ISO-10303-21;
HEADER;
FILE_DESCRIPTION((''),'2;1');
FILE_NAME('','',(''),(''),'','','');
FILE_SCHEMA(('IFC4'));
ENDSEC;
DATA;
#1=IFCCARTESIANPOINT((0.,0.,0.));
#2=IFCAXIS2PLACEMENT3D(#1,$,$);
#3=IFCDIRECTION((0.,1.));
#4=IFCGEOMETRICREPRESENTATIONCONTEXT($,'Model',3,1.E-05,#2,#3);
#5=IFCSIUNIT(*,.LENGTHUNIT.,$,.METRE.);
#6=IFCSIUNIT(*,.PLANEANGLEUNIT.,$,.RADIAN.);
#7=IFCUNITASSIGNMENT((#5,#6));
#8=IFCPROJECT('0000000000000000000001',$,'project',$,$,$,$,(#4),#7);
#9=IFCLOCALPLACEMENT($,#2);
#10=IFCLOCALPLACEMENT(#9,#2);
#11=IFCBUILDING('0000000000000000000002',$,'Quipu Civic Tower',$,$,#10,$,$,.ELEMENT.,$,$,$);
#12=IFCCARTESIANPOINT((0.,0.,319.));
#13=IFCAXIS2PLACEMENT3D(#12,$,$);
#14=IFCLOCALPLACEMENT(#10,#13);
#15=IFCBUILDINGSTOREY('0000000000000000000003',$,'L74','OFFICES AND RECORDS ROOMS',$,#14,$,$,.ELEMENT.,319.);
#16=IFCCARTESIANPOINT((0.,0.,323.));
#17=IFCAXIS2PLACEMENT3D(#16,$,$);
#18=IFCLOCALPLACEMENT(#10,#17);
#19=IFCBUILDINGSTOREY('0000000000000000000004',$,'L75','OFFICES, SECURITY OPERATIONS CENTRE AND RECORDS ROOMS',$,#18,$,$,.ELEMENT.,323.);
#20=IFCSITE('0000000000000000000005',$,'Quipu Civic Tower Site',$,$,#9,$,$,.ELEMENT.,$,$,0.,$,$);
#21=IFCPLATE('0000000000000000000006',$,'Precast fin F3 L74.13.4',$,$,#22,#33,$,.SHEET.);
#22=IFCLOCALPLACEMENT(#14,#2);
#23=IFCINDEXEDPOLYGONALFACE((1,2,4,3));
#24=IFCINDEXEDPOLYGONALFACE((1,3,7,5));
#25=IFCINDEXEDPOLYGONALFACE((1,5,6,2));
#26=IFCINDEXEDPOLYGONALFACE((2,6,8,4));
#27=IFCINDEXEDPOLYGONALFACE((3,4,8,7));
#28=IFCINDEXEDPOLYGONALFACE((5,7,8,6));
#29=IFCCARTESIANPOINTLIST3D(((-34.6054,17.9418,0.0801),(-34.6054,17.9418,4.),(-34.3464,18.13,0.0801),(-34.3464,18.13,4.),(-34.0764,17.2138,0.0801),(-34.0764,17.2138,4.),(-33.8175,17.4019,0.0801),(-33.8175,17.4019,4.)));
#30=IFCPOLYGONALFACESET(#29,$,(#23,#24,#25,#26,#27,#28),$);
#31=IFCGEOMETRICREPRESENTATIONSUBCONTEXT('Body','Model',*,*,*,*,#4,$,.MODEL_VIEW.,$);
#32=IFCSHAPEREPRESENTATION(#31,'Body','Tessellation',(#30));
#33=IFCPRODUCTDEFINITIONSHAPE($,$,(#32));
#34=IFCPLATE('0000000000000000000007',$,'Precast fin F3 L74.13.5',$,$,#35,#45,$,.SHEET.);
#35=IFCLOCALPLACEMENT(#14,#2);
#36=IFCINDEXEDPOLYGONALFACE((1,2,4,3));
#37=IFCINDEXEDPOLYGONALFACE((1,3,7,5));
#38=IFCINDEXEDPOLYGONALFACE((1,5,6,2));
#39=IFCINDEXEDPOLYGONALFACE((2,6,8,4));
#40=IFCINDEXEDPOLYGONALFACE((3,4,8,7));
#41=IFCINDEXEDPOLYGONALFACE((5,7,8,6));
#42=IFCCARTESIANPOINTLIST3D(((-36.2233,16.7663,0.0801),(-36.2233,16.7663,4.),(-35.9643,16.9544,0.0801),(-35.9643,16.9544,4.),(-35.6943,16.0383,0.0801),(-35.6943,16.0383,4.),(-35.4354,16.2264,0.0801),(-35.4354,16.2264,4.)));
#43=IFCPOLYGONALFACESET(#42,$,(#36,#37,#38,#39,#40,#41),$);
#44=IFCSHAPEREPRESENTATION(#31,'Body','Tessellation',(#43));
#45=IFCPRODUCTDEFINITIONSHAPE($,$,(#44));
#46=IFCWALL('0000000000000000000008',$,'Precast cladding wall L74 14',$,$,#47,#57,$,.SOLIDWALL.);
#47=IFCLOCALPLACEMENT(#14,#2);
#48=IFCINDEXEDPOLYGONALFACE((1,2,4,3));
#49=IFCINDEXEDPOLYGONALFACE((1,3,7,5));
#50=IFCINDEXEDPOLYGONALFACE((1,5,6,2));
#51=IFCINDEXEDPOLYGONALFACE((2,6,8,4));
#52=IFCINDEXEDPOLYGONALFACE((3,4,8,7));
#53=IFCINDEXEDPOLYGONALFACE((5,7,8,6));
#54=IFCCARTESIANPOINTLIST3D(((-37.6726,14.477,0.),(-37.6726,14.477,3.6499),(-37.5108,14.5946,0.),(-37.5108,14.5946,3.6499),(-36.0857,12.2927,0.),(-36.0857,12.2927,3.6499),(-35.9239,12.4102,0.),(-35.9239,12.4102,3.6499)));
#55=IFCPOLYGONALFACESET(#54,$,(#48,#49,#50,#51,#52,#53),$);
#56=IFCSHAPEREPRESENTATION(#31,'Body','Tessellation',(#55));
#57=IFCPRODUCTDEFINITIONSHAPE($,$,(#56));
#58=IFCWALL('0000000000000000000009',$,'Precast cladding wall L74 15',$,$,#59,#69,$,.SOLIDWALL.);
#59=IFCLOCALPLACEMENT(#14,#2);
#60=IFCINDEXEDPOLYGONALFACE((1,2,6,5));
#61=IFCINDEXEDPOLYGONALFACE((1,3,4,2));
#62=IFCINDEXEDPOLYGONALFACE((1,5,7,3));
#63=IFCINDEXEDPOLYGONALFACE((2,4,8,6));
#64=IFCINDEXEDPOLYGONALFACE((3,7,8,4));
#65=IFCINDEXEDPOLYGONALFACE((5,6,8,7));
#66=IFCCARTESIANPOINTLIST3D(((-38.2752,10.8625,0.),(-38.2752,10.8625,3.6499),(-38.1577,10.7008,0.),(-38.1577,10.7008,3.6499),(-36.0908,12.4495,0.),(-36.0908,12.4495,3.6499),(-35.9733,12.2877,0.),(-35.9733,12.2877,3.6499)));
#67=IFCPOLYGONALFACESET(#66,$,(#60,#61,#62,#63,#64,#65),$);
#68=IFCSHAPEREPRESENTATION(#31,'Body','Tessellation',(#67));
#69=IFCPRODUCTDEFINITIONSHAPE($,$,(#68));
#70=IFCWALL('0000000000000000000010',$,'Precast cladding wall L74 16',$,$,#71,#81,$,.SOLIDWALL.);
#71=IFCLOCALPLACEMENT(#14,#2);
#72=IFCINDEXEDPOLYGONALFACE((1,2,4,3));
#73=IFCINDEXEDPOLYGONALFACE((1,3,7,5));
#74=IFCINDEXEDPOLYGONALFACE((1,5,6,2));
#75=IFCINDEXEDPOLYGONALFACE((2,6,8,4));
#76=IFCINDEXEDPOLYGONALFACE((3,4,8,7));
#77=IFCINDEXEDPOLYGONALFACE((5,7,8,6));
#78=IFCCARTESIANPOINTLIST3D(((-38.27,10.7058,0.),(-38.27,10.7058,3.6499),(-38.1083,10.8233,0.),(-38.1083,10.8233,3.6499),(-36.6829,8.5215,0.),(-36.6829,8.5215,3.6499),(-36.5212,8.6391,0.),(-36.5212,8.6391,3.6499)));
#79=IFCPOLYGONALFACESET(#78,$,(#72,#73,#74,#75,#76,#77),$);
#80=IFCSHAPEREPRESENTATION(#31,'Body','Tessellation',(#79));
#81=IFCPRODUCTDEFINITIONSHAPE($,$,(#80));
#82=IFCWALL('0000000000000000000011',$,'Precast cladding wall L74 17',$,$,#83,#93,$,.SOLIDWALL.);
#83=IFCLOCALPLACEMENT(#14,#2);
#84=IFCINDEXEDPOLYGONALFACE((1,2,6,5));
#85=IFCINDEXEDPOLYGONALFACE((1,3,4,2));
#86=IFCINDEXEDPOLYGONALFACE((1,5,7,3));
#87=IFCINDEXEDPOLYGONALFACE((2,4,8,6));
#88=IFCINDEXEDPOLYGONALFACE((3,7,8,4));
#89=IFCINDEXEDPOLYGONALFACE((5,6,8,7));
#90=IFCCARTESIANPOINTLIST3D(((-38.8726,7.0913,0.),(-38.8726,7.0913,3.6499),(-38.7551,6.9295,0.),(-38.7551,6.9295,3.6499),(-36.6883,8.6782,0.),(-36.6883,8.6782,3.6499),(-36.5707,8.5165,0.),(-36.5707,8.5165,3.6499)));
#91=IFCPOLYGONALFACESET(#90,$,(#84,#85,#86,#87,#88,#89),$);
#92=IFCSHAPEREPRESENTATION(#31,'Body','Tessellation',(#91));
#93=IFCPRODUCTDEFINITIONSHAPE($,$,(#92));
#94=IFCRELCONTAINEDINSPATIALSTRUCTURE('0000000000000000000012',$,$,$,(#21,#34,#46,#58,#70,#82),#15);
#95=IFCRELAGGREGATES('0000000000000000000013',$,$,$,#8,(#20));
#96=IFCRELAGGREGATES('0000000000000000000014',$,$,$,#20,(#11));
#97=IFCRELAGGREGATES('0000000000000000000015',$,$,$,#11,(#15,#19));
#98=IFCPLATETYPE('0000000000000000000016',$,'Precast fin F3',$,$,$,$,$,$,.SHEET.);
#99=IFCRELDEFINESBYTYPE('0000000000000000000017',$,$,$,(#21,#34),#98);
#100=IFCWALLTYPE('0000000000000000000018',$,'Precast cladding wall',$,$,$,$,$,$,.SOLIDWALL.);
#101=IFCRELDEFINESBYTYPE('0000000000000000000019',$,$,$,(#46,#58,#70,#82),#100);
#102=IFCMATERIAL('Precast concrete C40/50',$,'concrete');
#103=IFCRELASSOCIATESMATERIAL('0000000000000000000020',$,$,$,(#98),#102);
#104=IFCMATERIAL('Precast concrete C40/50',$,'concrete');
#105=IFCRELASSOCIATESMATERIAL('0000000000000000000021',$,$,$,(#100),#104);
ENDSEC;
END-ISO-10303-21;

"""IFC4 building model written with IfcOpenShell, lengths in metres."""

from ifc_helpers import new_model, si_unit, direction, frame, frame_2d, origin, origin_2d, place, context, subcontext, project, spatial, rectangle, extrude, material, type_object, element, save


model = new_model("IFC4")

# Units and contexts
model_context = context("Model", 3, precision=1e-05, world=origin(), true_north=direction((0.0, 1.0)))
body_context = subcontext(model_context, "Body", "Model", "MODEL_VIEW")
ifc_project = project(units=[si_unit("LENGTHUNIT", "METRE"), si_unit("PLANEANGLEUNIT", "RADIAN")], contexts=[model_context])

# Site, building, storey
site_placement = place(None, origin())
site = spatial("IfcSite", under=ifc_project, at=site_placement, Name="Quipu Civic Tower Site", CompositionType="ELEMENT", RefElevation=0.0)
building_placement = place(site_placement, origin())
building = spatial("IfcBuilding", under=site, at=building_placement, Name="Quipu Civic Tower", CompositionType="ELEMENT")
storey_1_placement = place(building_placement, frame((0.0, 0.0, 319.0)))
storey_1 = spatial("IfcBuildingStorey", under=building, at=storey_1_placement, Name="L74", Description="OFFICES AND RECORDS ROOMS", CompositionType="ELEMENT", Elevation=319.0)

# Shared definitions
storey_2_placement = place(building_placement, frame((0.0, 0.0, 323.0)))
storey_2 = spatial("IfcBuildingStorey", under=building, at=storey_2_placement, Name="L75", Description="OFFICES, SECURITY OPERATIONS CENTRE AND RECORDS ROOMS", CompositionType="ELEMENT", Elevation=323.0)

# Plates
ifc_material_1 = material(Name="Precast concrete C40/50", Category="concrete")
plate_type_1 = type_object("IfcPlateType", Name="Precast fin F3", PredefinedType="SHEET", material=ifc_material_1)
for number, where, z_axis, x_axis, name in (
    (1, (-34.2114, 17.6719, 0.0801), (0.0, 0.0, 1.0), (-0.809017, -0.587785, 0.0), "Precast fin F3 L74.13.4"),
    (2, (-35.8293, 16.4963, 0.0801), (0.0, 0.0, 1.0), (-0.809017, -0.587785, 0.0), "Precast fin F3 L74.13.5"),
):
    element("IfcPlate", number, at=place(storey_1_placement, frame(where, z_axis=z_axis, x_axis=x_axis)), inside=storey_1, type_object=plate_type_1, Name=name, PredefinedType="SHEET", context=body_context, shape_type="SweptSolid", body=[
        extrude(rectangle(XDim=0.3201, YDim=0.8999, at=origin_2d()), origin(), (0.0, 0.0, 1.0), 3.9199),
    ])

# Walls
ifc_material_2 = material(Name="Precast concrete C40/50", Category="concrete")
wall_type = type_object("IfcWallType", Name="Precast cladding wall", PredefinedType="SOLIDWALL", material=ifc_material_2)
for number, where, z_axis, x_axis, name in (
    (3, (-37.5918, 14.5359, 0.0), (0.0, 0.0, 1.0), (0.587763, -0.809033, 0.0), "Precast cladding wall L74 14"),
    (4, (-36.032, 12.3687, 0.0), (0.0, 0.0, 1.0), (-0.809033, -0.587763, 0.0), "Precast cladding wall L74 15"),
    (5, (-38.1892, 10.7646, 0.0), (0.0, 0.0, 1.0), (0.587822, -0.80899, 0.0), "Precast cladding wall L74 16"),
    (6, (-36.6294, 8.5974, 0.0), (0.0, 0.0, 1.0), (-0.809033, -0.587763, 0.0), "Precast cladding wall L74 17"),
):
    element("IfcWall", number, at=place(storey_1_placement, frame(where, z_axis=z_axis, x_axis=x_axis)), inside=storey_1, type_object=wall_type, Name=name, PredefinedType="SOLIDWALL", context=body_context, shape_type="SweptSolid", body=[
        extrude(rectangle(XDim=2.7, YDim=0.2, at=frame_2d((1.3501, 0.0))), origin(), (0.0, 0.0, 1.0), 3.6499),
    ])

save(model, "model.ifc")
